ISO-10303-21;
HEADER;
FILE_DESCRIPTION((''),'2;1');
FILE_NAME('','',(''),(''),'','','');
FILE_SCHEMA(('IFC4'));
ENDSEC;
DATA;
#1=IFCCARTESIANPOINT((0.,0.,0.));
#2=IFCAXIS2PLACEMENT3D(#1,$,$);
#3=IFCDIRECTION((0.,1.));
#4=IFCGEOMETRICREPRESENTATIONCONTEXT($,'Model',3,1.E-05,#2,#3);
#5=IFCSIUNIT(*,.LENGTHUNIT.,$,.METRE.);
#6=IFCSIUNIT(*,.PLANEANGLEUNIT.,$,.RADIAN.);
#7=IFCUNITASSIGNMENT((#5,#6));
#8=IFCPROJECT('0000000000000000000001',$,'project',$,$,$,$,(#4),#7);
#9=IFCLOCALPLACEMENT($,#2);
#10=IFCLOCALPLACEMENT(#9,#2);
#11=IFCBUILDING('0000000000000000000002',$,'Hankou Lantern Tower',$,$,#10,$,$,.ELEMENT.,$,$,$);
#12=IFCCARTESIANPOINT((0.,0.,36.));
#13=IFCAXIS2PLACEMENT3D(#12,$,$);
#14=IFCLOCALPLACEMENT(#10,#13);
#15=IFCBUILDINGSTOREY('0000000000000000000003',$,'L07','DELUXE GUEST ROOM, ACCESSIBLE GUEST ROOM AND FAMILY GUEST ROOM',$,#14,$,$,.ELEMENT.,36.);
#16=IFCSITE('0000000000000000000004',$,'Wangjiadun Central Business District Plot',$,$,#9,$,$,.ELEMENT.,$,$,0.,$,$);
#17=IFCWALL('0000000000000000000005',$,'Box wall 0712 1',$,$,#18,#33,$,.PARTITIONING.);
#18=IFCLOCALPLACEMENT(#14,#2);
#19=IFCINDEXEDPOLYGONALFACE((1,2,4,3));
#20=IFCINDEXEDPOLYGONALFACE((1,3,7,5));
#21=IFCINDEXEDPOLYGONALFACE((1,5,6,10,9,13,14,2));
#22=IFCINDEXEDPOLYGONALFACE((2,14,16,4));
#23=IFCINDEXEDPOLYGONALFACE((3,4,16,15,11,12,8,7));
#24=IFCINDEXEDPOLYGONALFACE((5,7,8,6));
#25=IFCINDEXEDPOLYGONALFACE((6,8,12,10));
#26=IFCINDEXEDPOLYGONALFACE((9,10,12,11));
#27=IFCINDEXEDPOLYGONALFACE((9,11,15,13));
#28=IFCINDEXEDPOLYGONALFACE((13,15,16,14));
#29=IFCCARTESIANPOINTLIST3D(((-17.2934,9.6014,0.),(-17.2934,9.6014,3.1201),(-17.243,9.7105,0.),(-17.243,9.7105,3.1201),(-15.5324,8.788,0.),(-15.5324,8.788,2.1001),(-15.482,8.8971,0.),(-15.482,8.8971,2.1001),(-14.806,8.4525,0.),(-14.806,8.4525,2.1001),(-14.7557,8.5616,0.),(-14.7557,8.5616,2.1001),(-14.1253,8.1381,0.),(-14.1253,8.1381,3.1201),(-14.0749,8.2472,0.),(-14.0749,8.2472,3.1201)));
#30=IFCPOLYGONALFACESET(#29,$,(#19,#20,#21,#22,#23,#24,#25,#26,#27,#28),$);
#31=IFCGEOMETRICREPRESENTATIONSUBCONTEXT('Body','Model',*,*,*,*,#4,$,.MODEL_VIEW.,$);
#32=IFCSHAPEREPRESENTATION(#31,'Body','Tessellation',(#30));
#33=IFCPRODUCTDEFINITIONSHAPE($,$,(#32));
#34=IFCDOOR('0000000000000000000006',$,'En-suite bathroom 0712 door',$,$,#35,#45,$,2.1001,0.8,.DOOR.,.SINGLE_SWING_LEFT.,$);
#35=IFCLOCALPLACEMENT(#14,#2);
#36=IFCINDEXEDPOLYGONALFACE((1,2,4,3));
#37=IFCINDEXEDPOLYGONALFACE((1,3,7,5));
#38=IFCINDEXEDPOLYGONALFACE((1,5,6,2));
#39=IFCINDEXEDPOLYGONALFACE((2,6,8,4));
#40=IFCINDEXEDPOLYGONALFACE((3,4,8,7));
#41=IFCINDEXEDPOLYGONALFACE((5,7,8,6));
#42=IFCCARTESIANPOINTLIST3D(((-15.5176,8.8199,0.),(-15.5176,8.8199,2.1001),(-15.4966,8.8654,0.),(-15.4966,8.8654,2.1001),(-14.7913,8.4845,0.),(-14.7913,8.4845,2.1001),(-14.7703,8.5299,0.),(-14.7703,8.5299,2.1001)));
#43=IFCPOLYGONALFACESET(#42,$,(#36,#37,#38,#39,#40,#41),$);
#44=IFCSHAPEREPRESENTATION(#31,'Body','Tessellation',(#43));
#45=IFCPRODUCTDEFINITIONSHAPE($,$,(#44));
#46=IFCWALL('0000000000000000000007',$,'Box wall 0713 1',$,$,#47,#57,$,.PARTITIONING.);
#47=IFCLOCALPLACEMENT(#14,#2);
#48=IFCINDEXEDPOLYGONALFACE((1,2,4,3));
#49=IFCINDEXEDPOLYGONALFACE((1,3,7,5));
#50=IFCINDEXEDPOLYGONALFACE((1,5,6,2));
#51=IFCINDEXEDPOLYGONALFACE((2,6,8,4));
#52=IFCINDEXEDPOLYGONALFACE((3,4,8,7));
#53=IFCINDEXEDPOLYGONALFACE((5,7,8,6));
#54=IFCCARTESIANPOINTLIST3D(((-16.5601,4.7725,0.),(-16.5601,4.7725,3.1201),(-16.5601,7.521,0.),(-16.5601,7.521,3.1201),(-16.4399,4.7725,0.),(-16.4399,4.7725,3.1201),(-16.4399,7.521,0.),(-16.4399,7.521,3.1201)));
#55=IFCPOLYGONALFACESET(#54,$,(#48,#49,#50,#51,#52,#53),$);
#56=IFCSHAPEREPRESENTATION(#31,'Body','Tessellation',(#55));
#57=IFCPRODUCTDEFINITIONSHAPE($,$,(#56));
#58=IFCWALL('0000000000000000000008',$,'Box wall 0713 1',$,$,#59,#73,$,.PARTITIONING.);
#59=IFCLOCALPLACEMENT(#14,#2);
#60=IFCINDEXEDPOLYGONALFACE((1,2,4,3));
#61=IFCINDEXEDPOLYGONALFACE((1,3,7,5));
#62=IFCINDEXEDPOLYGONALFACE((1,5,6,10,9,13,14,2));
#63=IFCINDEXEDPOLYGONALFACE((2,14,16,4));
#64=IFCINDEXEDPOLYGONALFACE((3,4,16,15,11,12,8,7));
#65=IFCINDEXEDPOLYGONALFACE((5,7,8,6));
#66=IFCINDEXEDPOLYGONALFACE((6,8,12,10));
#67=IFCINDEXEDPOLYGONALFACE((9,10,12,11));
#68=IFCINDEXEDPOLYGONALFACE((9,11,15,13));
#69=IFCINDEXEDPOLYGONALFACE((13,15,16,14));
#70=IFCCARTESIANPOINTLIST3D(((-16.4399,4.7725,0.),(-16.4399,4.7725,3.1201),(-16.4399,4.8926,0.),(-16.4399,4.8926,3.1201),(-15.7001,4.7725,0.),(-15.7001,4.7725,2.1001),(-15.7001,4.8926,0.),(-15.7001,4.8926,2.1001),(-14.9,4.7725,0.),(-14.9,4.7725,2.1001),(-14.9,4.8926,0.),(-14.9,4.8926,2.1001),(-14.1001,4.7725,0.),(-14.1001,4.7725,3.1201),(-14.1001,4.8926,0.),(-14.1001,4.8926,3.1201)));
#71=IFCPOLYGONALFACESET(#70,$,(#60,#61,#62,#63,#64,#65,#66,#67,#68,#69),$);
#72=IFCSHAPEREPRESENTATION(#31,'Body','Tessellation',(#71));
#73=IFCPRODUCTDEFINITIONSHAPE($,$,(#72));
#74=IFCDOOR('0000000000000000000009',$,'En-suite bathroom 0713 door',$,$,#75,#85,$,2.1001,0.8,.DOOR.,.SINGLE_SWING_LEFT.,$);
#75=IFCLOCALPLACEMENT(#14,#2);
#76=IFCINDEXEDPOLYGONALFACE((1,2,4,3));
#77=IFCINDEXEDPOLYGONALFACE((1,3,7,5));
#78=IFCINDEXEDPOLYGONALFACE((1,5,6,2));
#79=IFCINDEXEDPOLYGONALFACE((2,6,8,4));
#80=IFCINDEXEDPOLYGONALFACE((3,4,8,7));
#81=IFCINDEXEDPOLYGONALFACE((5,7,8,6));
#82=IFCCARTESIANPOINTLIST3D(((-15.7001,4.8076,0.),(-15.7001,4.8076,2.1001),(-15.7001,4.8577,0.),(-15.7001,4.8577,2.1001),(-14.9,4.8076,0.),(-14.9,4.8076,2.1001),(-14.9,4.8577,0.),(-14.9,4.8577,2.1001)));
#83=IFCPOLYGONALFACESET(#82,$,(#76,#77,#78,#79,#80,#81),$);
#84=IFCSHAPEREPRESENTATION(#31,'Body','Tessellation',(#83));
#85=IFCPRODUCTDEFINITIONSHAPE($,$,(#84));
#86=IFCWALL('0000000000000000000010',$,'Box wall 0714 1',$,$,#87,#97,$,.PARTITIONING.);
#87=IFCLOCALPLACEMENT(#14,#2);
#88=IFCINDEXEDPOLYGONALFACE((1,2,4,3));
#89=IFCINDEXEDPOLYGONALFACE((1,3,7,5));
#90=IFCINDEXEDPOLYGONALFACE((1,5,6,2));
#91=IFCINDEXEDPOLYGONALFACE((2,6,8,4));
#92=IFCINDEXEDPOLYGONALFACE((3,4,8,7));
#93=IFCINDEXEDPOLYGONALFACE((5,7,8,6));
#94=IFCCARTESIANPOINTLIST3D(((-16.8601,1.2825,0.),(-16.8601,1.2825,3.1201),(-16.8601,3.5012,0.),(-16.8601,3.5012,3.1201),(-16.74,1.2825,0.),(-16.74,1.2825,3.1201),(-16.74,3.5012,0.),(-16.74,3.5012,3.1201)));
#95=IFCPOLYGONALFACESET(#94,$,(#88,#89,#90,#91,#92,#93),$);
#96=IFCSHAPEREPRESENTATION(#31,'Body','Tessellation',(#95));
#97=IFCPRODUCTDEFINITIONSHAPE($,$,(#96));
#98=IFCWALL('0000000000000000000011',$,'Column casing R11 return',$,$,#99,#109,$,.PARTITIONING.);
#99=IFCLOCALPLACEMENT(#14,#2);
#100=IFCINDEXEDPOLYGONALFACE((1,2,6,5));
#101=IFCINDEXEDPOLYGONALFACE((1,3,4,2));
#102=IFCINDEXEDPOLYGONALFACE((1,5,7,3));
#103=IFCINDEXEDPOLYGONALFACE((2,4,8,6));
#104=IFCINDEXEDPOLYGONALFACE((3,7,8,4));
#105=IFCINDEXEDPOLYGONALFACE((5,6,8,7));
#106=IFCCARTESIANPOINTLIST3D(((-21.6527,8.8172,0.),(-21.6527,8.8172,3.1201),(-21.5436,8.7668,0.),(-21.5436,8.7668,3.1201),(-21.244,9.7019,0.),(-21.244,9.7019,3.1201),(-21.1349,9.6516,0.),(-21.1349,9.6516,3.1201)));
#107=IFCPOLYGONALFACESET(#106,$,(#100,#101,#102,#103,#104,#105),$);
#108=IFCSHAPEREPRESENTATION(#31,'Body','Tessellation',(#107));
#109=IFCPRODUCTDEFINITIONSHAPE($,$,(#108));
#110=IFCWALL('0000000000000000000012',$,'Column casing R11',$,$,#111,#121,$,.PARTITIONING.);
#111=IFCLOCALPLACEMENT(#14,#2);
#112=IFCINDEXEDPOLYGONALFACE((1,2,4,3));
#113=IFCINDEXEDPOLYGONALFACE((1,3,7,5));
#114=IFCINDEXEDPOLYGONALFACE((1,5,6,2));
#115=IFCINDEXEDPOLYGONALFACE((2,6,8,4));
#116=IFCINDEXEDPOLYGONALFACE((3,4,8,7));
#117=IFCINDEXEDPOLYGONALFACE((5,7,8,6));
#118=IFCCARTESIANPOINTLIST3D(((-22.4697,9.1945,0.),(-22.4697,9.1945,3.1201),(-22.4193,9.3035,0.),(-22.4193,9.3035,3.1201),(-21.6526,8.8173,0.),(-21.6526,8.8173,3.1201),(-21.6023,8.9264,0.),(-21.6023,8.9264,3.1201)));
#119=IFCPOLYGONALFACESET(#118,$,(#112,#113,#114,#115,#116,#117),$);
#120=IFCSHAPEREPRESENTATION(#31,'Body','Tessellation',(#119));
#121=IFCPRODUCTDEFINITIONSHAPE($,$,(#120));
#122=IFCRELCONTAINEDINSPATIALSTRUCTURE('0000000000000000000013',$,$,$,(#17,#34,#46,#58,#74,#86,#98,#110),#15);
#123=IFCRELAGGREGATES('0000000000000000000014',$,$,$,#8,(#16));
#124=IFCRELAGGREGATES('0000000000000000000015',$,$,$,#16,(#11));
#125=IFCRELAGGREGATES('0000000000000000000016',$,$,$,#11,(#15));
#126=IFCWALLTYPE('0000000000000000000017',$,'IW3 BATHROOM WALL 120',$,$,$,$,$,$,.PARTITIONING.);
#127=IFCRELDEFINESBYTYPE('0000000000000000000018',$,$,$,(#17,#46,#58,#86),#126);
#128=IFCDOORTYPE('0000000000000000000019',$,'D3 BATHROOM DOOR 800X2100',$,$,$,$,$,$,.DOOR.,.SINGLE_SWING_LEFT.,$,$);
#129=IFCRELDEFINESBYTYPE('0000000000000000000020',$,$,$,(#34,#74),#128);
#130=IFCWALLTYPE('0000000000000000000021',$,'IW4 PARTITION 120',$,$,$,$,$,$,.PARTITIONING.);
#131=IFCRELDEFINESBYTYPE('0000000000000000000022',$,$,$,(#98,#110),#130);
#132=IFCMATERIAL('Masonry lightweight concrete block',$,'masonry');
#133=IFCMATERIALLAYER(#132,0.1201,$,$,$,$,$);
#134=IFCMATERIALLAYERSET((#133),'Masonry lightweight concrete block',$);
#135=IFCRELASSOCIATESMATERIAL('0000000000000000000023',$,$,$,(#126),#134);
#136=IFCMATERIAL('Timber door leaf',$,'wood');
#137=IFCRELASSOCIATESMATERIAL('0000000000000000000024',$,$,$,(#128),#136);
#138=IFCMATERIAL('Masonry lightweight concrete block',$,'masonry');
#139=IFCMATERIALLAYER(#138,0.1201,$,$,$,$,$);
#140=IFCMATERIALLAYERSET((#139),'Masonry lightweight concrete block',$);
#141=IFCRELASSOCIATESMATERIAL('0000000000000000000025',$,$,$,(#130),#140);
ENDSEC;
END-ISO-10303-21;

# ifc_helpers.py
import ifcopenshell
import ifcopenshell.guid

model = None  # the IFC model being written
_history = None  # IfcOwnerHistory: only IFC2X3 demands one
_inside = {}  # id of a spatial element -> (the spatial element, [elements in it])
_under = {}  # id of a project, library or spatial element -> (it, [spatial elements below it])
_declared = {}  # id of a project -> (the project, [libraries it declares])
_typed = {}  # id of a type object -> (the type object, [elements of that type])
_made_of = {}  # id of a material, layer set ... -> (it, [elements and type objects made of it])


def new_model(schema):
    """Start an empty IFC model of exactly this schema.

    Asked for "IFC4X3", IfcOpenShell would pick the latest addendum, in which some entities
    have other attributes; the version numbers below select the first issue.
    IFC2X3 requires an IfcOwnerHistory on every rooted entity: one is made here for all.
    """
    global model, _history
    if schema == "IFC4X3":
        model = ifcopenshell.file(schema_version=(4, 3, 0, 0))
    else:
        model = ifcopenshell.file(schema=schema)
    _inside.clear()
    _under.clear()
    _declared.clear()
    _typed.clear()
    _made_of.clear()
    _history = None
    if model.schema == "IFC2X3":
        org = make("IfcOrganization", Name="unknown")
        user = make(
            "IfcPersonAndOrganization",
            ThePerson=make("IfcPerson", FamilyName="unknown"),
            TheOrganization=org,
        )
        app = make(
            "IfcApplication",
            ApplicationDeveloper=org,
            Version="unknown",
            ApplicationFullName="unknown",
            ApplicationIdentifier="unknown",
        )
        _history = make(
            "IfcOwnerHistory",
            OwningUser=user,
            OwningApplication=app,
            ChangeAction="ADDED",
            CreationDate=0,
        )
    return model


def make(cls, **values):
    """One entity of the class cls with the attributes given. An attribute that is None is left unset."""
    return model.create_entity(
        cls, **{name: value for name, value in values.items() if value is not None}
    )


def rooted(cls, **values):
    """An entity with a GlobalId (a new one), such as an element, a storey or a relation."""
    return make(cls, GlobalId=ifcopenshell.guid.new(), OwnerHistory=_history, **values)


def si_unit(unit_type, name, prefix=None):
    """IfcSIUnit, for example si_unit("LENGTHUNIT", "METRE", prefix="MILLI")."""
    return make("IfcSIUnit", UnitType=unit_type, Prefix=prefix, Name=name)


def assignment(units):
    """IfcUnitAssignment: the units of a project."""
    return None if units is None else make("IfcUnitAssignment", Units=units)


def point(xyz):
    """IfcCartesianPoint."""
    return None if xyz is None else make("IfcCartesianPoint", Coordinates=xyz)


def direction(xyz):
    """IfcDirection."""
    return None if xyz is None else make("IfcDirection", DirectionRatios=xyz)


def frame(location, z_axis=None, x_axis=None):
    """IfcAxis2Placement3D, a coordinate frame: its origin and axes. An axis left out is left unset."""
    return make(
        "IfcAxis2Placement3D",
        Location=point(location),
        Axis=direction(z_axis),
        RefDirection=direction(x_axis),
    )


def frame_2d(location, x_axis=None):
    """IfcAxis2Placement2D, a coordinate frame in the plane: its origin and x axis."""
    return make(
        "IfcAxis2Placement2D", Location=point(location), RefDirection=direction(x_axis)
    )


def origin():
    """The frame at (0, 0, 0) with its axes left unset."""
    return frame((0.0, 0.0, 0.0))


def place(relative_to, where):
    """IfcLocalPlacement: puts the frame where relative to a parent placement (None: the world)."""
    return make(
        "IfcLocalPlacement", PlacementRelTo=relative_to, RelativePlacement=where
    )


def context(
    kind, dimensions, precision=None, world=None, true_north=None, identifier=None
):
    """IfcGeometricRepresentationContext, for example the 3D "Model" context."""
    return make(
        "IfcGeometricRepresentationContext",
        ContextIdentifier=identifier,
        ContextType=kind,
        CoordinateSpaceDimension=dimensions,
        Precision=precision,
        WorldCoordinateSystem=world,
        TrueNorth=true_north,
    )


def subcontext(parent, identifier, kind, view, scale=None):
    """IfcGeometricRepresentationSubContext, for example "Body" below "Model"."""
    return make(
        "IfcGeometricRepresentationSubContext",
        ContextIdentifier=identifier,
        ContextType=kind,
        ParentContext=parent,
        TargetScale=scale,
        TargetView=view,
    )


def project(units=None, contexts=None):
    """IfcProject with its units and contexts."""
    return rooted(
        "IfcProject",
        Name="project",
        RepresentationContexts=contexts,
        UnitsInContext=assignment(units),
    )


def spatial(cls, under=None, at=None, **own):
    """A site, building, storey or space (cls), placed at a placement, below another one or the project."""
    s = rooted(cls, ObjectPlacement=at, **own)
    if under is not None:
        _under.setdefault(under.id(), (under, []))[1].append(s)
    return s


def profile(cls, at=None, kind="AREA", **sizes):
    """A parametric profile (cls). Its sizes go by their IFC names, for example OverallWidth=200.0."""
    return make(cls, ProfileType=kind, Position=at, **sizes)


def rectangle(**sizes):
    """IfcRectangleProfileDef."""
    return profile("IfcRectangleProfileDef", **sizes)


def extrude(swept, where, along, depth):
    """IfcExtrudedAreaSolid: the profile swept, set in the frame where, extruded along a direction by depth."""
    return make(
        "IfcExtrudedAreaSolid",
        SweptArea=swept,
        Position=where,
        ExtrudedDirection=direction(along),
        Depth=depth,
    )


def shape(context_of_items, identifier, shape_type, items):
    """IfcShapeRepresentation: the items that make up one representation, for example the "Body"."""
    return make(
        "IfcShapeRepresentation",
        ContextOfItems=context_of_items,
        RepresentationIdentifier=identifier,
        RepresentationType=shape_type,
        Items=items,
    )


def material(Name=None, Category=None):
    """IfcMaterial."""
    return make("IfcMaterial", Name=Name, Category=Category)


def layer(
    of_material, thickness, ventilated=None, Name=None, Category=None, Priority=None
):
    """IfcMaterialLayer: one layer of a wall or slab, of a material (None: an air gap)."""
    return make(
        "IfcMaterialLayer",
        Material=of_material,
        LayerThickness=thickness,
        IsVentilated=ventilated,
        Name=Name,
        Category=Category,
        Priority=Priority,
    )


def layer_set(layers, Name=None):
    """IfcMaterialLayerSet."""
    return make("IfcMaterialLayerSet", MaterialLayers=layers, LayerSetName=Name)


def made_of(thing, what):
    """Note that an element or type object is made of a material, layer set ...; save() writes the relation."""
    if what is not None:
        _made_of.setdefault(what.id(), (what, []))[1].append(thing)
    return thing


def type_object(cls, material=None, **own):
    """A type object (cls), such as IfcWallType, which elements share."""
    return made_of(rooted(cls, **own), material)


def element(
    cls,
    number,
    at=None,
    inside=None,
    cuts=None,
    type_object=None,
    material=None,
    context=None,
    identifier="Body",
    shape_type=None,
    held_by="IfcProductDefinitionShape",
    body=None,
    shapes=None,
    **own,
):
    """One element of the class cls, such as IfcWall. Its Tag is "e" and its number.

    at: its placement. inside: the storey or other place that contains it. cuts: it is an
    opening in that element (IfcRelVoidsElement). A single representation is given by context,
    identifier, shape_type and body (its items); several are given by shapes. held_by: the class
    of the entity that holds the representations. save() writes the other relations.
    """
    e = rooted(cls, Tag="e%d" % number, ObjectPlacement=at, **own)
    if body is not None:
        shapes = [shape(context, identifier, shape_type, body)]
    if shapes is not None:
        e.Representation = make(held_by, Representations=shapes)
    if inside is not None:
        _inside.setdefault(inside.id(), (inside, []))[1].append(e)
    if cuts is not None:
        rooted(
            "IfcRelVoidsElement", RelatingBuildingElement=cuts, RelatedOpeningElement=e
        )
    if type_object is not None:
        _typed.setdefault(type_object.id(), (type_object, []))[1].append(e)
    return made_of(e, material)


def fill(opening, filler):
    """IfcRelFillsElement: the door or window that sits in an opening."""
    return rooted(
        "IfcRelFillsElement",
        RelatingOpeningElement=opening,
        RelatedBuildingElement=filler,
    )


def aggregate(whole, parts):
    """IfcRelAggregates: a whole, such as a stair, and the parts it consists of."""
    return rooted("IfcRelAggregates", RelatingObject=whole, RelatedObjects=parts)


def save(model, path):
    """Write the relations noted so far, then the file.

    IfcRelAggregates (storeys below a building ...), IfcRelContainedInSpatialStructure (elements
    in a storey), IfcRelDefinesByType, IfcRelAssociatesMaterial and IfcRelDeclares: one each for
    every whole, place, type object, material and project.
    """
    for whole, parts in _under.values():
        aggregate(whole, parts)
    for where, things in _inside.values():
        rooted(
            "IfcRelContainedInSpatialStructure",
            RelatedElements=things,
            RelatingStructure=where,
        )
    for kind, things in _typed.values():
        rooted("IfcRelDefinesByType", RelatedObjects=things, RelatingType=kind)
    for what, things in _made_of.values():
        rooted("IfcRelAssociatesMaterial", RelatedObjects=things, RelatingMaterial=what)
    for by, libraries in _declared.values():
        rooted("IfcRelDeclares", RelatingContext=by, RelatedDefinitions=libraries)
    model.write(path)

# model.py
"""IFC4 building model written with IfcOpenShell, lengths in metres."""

from ifc_helpers import new_model, si_unit, direction, frame, frame_2d, origin, place, context, subcontext, project, spatial, rectangle, extrude, material, layer, layer_set, type_object, element, fill, save


model = new_model("IFC4")

# Units and contexts
model_context = context("Model", 3, precision=1e-05, world=origin(), true_north=direction((0.0, 1.0)))
body_context = subcontext(model_context, "Body", "Model", "MODEL_VIEW")
ifc_project = project(units=[si_unit("LENGTHUNIT", "METRE"), si_unit("PLANEANGLEUNIT", "RADIAN")], contexts=[model_context])

# Site, building, storey
site_placement = place(None, origin())
site = spatial("IfcSite", under=ifc_project, at=site_placement, Name="Wangjiadun Central Business District Plot", CompositionType="ELEMENT", RefElevation=0.0)
building_placement = place(site_placement, origin())
building = spatial("IfcBuilding", under=site, at=building_placement, Name="Hankou Lantern Tower", CompositionType="ELEMENT")
storey_placement = place(building_placement, frame((0.0, 0.0, 36.0)))
storey = spatial("IfcBuildingStorey", under=building, at=storey_placement, Name="L07", Description="DELUXE GUEST ROOM, ACCESSIBLE GUEST ROOM AND FAMILY GUEST ROOM", CompositionType="ELEMENT", Elevation=36.0)

# Shared definitions
ifc_material_1 = material(Name="Masonry lightweight concrete block", Category="masonry")
ifc_layer_1 = layer(ifc_material_1, 0.1201)
ifc_layer_set_1 = layer_set([ifc_layer_1], Name="Masonry lightweight concrete block")
wall_type_1 = type_object("IfcWallType", Name="IW3 BATHROOM WALL 120", PredefinedType="PARTITIONING", material=ifc_layer_set_1)

# Wall, opening, door
wall_1_placement = place(storey_placement, frame((-14.1001, 8.1926, 0.0), z_axis=(0.0, 0.0, 1.0), x_axis=(-0.907836, 0.419324, 0.0)))
wall_1 = element("IfcWall", 1, at=wall_1_placement, inside=storey, type_object=wall_type_1, Name="Box wall 0712 1", PredefinedType="PARTITIONING", context=body_context, shape_type="SweptSolid", body=[
    extrude(rectangle(XDim=3.4897, YDim=0.1201, at=frame_2d((1.7449, 0.0))), origin(), (0.0, 0.0, 1.0), 3.1201),
])
opening_1_placement = place(wall_1_placement, frame((0.75, 0.0, 0.0)))
opening_1 = element("IfcOpeningElement", 2, at=opening_1_placement, cuts=wall_1, PredefinedType="OPENING", context=body_context, shape_type="SweptSolid", body=[
    extrude(rectangle(XDim=0.8, YDim=2.1001, at=frame_2d((0.3999, 1.05))), frame((0.0, 0.0701, 0.0), z_axis=(0.0, -1.0, 0.0), x_axis=(1.0, 0.0, 0.0)), (0.0, 0.0, 1.0), 0.1401),
])
ifc_material_2 = material(Name="Timber door leaf", Category="wood")
door_type_1 = type_object("IfcDoorType", Name="D3 BATHROOM DOOR 800X2100", OperationType="SINGLE_SWING_LEFT", PredefinedType="DOOR", material=ifc_material_2)
door_1_placement = place(opening_1_placement, origin())
door_1 = element("IfcDoor", 3, at=door_1_placement, inside=storey, type_object=door_type_1, Name="En-suite bathroom 0712 door", OperationType="SINGLE_SWING_LEFT", OverallHeight=2.1001, OverallWidth=0.8, PredefinedType="DOOR", context=body_context, shape_type="SweptSolid", body=[
    extrude(rectangle(XDim=0.8, YDim=2.1001, at=frame_2d((0.3999, 1.05))), frame((0.0, 0.0249, 0.0), z_axis=(0.0, -1.0, 0.0), x_axis=(1.0, 0.0, 0.0)), (0.0, 0.0, 1.0), 0.05),
])
fill(opening_1, door_1)

# Wall
wall_2_placement = place(storey_placement, frame((-16.5, 7.521, 0.0), z_axis=(0.0, 0.0, 1.0), x_axis=(0.0, -1.0, 0.0)))
element("IfcWall", 4, at=wall_2_placement, inside=storey, type_object=wall_type_1, Name="Box wall 0713 1", PredefinedType="PARTITIONING", context=body_context, shape_type="SweptSolid", body=[
    extrude(rectangle(XDim=2.7485, YDim=0.1201, at=frame_2d((1.3743, 0.0))), origin(), (0.0, 0.0, 1.0), 3.1201),
])

# Wall, opening, door
wall_3_placement = place(storey_placement, frame((-14.1001, 4.8325, 0.0), z_axis=(0.0, 0.0, 1.0), x_axis=(-1.0, 0.0, 0.0)))
wall_3 = element("IfcWall", 5, at=wall_3_placement, inside=storey, type_object=wall_type_1, Name="Box wall 0713 1", PredefinedType="PARTITIONING", context=body_context, shape_type="SweptSolid", body=[
    extrude(rectangle(XDim=2.3398, YDim=0.1201, at=frame_2d((1.1699, 0.0))), origin(), (0.0, 0.0, 1.0), 3.1201),
])
opening_2_placement = place(wall_3_placement, frame((0.8, 0.0, 0.0)))
opening_2 = element("IfcOpeningElement", 6, at=opening_2_placement, cuts=wall_3, PredefinedType="OPENING", context=body_context, shape_type="SweptSolid", body=[
    extrude(rectangle(XDim=0.8, YDim=2.1001, at=frame_2d((0.3999, 1.05))), frame((0.0, 0.0701, 0.0), z_axis=(0.0, -1.0, 0.0), x_axis=(1.0, 0.0, 0.0)), (0.0, 0.0, 1.0), 0.1401),
])
door_2_placement = place(opening_2_placement, origin())
door_2 = element("IfcDoor", 7, at=door_2_placement, inside=storey, type_object=door_type_1, Name="En-suite bathroom 0713 door", OperationType="SINGLE_SWING_LEFT", OverallHeight=2.1001, OverallWidth=0.8, PredefinedType="DOOR", context=body_context, shape_type="SweptSolid", body=[
    extrude(rectangle(XDim=0.8, YDim=2.1001, at=frame_2d((0.3999, 1.05))), frame((0.0, 0.0249, 0.0), z_axis=(0.0, -1.0, 0.0), x_axis=(1.0, 0.0, 0.0)), (0.0, 0.0, 1.0), 0.05),
])
fill(opening_2, door_2)

# Walls
wall_4_placement = place(storey_placement, frame((-16.8, 3.5012, 0.0), z_axis=(0.0, 0.0, 1.0), x_axis=(0.0, -1.0, 0.0)))
element("IfcWall", 8, at=wall_4_placement, inside=storey, type_object=wall_type_1, Name="Box wall 0714 1", PredefinedType="PARTITIONING", context=body_context, shape_type="SweptSolid", body=[
    extrude(rectangle(XDim=2.2188, YDim=0.1201, at=frame_2d((1.1094, 0.0))), origin(), (0.0, 0.0, 1.0), 3.1201),
])
ifc_material_3 = material(Name="Masonry lightweight concrete block", Category="masonry")
ifc_layer_2 = layer(ifc_material_3, 0.1201)
ifc_layer_set_2 = layer_set([ifc_layer_2], Name="Masonry lightweight concrete block")
wall_type_2 = type_object("IfcWallType", Name="IW4 PARTITION 120", PredefinedType="PARTITIONING", material=ifc_layer_set_2)
wall_5_placement = place(storey_placement, frame((-21.1895, 9.6768, 0.0), z_axis=(0.0, 0.0, 1.0), x_axis=(-0.419344, -0.907827, 0.0)))
element("IfcWall", 9, at=wall_5_placement, inside=storey, type_object=wall_type_2, Name="Column casing R11 return", PredefinedType="PARTITIONING", context=body_context, shape_type="SweptSolid", body=[
    extrude(rectangle(XDim=0.9746, YDim=0.1201, at=frame_2d((0.4873, 0.0))), origin(), (0.0, 0.0, 1.0), 3.1201),
])
wall_6_placement = place(storey_placement, frame((-21.6274, 8.8718, 0.0), z_axis=(0.0, 0.0, 1.0), x_axis=(-0.907936, 0.41911, 0.0)))
element("IfcWall", 10, at=wall_6_placement, inside=storey, type_object=wall_type_2, Name="Column casing R11", PredefinedType="PARTITIONING", context=body_context, shape_type="SweptSolid", body=[
    extrude(rectangle(XDim=0.8999, YDim=0.1201, at=frame_2d((0.45, 0.0))), origin(), (0.0, 0.0, 1.0), 3.1201),
])

save(model, "model.ifc")
